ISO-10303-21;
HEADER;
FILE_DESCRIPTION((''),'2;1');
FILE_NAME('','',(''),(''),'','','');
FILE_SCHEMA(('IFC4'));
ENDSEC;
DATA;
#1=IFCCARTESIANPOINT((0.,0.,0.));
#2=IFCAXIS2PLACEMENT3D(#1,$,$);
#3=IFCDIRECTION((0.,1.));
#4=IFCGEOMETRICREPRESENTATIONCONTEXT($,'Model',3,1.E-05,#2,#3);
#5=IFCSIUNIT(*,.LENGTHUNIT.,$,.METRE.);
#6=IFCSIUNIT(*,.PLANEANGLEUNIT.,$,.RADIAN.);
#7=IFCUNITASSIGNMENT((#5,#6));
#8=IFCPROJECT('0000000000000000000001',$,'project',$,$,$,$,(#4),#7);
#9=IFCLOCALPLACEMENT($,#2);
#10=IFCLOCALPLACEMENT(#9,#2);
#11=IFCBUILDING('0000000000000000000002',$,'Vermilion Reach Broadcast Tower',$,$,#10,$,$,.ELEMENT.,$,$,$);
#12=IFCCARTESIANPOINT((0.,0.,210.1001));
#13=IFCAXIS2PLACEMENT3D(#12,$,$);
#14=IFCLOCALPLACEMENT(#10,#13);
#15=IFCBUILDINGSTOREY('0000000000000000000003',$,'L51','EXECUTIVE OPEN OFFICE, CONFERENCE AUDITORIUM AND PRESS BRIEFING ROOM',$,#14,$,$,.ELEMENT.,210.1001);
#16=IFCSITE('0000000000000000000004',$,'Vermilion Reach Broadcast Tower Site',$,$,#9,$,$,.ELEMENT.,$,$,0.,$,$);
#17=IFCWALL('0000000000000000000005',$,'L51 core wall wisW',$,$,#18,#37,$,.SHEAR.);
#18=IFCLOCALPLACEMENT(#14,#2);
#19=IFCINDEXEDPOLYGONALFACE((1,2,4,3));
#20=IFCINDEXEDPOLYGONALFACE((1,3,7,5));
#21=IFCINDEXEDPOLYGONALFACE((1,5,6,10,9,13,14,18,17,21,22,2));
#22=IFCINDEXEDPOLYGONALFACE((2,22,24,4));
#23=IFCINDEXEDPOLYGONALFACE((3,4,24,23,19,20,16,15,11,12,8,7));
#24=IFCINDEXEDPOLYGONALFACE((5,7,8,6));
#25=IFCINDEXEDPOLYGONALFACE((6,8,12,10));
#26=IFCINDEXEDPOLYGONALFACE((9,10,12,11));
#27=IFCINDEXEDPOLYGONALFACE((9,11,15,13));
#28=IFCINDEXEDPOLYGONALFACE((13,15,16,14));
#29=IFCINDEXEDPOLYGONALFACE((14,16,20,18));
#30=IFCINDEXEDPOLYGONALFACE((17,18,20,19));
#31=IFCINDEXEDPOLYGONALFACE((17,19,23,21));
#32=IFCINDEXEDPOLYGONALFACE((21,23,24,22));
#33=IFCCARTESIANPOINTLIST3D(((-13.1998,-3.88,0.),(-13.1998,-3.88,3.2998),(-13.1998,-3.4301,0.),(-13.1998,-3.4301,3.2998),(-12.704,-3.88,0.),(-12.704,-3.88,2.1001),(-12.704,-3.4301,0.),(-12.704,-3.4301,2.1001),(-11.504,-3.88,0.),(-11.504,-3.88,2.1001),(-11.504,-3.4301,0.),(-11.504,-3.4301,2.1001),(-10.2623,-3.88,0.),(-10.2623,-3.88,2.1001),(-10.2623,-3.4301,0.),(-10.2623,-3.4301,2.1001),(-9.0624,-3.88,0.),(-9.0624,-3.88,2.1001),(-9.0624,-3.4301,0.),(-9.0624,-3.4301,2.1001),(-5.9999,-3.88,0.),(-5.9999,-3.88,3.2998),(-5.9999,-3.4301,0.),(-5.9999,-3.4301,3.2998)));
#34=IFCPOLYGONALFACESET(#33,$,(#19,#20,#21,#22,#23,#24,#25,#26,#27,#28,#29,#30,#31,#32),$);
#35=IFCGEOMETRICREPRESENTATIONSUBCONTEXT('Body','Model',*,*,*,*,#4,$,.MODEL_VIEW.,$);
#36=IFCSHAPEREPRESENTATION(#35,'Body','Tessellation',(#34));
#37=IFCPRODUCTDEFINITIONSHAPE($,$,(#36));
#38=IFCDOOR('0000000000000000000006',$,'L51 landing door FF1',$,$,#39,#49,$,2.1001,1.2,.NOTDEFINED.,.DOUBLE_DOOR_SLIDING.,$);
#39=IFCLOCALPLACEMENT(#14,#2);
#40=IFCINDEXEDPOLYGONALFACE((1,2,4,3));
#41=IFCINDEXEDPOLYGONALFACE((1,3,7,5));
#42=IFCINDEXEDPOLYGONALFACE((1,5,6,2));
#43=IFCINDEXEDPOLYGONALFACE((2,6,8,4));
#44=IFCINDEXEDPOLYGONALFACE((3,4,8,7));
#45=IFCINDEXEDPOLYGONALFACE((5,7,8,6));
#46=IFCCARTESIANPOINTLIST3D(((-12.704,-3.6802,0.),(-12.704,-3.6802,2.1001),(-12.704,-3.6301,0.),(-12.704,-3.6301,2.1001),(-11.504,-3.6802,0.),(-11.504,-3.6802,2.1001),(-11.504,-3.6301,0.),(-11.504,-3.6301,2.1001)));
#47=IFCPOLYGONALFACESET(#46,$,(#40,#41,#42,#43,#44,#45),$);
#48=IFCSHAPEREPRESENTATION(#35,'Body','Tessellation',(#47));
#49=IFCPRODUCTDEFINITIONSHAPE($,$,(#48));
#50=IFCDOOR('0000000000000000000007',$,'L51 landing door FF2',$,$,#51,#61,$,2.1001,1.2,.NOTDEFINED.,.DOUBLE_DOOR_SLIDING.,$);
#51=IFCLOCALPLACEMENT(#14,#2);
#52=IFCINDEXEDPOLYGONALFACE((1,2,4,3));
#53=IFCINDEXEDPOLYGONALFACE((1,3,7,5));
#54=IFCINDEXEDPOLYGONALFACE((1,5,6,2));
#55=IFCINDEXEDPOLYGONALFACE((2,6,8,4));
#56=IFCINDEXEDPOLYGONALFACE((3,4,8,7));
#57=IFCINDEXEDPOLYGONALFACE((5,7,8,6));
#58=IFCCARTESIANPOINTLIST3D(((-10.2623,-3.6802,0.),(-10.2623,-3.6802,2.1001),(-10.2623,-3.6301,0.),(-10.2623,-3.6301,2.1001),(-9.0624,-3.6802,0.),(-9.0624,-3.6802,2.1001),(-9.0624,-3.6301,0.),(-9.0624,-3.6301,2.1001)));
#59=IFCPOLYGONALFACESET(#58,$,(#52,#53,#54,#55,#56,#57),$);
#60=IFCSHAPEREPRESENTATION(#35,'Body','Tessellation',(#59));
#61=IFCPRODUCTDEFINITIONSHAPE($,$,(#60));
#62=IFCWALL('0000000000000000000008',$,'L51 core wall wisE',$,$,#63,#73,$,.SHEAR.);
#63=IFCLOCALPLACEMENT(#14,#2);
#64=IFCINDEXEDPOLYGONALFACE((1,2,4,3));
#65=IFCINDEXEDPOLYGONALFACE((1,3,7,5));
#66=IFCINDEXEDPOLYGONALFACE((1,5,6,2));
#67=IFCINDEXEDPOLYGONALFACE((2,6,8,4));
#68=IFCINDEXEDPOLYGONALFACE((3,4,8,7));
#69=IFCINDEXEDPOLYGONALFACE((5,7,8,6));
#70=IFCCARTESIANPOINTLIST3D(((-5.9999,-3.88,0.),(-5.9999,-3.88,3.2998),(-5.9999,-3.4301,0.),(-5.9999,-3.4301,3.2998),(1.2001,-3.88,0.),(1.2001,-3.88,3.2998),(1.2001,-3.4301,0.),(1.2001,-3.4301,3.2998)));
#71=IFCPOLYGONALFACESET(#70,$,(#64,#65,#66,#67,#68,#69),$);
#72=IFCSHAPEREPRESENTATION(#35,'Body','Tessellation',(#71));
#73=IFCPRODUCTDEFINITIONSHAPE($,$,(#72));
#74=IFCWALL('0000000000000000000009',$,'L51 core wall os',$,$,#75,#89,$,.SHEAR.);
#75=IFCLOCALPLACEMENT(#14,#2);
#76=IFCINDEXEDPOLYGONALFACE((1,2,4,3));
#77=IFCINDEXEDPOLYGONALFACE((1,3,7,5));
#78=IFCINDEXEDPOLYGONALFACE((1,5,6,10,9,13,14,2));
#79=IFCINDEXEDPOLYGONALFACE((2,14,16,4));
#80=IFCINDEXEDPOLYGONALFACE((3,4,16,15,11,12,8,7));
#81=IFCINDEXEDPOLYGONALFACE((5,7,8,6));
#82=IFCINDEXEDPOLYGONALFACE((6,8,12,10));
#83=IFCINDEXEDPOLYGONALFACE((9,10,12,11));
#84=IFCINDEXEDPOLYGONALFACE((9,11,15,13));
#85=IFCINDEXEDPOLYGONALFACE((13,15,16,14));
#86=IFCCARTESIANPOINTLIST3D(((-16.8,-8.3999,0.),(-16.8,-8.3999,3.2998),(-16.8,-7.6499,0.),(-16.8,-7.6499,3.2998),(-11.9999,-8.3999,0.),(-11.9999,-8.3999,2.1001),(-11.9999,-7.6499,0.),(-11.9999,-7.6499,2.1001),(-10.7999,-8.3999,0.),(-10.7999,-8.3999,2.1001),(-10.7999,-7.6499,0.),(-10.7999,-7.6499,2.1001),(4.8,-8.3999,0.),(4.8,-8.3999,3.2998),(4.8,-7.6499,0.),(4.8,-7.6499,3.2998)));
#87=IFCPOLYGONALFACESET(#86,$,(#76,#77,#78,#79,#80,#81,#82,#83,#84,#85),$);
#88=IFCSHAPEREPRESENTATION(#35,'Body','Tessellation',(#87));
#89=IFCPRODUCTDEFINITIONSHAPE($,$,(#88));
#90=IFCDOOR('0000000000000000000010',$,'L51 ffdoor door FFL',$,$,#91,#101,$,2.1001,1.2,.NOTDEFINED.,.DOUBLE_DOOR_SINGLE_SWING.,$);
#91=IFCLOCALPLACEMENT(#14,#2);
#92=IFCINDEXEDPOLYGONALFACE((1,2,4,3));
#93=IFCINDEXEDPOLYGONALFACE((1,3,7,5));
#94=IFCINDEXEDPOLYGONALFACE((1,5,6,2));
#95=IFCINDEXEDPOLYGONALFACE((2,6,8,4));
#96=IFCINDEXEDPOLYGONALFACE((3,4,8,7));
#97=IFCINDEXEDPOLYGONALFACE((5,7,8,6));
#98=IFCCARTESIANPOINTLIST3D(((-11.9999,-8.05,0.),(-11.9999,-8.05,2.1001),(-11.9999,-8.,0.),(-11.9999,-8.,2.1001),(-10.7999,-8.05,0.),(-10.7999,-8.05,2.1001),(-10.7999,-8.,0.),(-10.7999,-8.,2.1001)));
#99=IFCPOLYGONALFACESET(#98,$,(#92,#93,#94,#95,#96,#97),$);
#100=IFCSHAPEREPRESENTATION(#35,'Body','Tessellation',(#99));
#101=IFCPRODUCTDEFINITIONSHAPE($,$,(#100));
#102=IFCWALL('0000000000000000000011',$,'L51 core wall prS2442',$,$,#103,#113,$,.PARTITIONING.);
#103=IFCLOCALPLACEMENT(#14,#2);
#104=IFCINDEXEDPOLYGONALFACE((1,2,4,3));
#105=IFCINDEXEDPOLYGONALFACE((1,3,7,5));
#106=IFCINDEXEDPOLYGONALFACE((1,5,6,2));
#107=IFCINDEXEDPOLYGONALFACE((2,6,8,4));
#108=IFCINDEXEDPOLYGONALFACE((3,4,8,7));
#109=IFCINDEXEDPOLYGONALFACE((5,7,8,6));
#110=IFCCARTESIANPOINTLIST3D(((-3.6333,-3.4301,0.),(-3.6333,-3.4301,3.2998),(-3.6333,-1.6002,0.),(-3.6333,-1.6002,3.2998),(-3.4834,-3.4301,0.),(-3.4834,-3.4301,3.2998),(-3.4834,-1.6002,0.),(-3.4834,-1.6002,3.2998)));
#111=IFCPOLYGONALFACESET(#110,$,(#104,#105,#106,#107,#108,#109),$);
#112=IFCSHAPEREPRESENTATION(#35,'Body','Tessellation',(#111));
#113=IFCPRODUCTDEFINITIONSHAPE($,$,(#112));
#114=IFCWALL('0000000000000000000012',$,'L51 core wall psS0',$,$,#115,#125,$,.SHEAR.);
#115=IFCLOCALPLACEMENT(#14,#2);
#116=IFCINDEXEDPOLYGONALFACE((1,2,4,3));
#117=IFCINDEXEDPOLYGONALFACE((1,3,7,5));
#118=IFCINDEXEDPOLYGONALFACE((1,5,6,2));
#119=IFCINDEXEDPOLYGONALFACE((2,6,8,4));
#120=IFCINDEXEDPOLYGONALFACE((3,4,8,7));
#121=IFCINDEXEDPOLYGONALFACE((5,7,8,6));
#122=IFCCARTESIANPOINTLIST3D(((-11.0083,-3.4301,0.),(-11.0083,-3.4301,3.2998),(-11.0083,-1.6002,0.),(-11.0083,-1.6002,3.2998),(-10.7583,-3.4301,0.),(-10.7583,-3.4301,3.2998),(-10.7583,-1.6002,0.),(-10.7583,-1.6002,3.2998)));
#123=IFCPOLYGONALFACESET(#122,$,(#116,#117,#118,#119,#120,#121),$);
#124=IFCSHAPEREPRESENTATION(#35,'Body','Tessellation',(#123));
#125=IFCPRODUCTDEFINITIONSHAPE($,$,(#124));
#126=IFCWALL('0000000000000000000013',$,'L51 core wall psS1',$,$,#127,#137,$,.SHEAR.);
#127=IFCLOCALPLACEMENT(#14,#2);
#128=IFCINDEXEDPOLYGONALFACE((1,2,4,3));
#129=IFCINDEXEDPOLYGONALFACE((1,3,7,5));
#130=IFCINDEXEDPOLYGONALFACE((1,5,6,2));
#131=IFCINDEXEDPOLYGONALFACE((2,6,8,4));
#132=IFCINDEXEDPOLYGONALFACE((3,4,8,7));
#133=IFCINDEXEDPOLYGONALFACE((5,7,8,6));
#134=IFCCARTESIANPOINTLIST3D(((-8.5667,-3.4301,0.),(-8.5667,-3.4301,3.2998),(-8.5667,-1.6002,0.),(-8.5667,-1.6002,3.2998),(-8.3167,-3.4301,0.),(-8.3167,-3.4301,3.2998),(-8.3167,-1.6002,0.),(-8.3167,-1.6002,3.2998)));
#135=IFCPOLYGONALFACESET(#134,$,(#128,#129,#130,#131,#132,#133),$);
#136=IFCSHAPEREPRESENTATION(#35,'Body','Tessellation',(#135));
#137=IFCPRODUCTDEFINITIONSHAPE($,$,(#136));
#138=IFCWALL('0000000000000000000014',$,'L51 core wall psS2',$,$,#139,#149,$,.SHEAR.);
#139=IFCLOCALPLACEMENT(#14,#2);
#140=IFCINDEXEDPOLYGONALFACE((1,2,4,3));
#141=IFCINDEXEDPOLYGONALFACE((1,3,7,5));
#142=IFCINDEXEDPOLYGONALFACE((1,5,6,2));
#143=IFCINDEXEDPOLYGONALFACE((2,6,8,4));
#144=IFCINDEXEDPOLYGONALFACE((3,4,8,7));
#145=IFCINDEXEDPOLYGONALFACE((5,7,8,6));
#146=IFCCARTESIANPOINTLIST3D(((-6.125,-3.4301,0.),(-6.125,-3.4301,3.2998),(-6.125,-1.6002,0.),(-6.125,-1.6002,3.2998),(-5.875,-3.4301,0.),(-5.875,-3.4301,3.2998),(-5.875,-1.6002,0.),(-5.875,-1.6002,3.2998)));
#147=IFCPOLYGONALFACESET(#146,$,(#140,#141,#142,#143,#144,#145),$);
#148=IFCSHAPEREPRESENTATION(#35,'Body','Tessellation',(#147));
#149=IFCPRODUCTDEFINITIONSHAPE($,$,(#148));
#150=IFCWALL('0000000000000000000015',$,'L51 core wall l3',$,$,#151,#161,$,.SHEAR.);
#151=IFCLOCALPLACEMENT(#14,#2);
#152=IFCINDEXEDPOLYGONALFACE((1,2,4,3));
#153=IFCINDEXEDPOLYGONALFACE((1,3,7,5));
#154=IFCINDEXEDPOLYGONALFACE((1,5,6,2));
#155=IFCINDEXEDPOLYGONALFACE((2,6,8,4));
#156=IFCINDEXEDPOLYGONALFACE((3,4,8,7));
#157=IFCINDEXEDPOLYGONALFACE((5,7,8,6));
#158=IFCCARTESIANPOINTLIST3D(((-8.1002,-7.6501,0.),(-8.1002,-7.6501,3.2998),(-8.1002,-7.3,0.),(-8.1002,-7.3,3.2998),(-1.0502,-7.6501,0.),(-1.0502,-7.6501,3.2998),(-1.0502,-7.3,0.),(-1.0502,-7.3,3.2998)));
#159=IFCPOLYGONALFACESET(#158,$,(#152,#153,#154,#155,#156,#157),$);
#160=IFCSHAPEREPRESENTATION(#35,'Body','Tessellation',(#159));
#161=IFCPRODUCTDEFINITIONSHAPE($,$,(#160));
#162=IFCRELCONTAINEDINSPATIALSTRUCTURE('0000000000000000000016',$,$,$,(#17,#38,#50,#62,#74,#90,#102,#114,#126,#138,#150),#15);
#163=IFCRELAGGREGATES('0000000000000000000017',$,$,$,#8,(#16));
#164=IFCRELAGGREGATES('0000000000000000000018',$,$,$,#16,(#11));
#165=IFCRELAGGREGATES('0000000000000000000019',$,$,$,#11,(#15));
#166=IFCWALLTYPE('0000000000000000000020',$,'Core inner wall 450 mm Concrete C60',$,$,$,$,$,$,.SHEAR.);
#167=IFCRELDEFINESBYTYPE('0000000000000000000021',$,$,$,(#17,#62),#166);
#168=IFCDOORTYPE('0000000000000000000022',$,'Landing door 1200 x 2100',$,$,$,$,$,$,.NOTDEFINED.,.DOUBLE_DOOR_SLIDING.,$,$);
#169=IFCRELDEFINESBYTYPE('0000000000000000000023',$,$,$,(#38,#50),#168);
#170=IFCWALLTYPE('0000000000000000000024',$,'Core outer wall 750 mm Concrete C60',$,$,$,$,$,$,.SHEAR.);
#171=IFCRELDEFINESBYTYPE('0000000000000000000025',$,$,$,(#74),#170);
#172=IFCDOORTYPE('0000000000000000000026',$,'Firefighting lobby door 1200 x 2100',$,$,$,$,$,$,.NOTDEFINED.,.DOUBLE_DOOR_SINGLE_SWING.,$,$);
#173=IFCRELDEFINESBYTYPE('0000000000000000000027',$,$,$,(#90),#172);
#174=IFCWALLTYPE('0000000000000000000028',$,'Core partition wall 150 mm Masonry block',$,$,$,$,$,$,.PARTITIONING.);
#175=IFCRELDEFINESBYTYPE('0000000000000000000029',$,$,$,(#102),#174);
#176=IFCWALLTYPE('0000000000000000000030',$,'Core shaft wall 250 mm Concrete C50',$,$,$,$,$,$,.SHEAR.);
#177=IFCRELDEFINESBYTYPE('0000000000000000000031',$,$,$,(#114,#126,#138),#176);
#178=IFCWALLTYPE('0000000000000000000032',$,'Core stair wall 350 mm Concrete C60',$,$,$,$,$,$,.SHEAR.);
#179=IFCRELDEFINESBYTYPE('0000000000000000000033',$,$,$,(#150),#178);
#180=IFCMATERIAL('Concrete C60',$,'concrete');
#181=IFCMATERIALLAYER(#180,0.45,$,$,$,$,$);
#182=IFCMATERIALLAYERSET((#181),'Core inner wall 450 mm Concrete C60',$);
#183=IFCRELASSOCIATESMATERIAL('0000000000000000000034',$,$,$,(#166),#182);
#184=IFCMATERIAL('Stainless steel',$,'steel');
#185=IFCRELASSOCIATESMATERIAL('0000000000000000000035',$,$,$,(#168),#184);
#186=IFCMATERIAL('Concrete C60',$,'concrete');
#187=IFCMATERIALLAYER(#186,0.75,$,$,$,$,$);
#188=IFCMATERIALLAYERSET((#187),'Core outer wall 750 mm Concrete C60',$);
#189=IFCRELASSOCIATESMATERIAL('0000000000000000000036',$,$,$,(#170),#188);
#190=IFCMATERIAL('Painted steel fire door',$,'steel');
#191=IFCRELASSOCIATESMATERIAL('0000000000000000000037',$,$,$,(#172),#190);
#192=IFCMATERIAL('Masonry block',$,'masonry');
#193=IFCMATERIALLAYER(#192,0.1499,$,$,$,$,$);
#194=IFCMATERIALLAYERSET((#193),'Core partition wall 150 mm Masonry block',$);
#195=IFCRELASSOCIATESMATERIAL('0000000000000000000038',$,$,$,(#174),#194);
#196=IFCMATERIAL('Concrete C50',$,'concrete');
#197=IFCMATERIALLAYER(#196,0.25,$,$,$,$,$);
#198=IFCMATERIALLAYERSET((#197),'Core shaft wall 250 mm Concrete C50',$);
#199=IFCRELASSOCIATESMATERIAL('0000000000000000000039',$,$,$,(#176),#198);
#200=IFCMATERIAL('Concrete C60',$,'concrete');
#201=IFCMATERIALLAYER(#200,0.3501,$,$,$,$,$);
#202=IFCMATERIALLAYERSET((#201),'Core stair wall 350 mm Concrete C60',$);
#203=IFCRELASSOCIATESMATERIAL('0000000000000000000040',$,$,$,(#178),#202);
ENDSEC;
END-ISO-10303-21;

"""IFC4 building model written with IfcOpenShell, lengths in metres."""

from ifc_helpers import new_model, si_unit, direction, frame, frame_2d, origin, place, context, subcontext, project, spatial, rectangle, extrude, material, layer, layer_set, type_object, element, fill, save


model = new_model("IFC4")

# Units and contexts
model_context = context("Model", 3, precision=1e-05, world=origin(), true_north=direction((0.0, 1.0)))
body_context = subcontext(model_context, "Body", "Model", "MODEL_VIEW")
ifc_project = project(units=[si_unit("LENGTHUNIT", "METRE"), si_unit("PLANEANGLEUNIT", "RADIAN")], contexts=[model_context])

# Site, building, storey
site_placement = place(None, origin())
site = spatial("IfcSite", under=ifc_project, at=site_placement, Name="Vermilion Reach Broadcast Tower Site", CompositionType="ELEMENT", RefElevation=0.0)
building_placement = place(site_placement, origin())
building = spatial("IfcBuilding", under=site, at=building_placement, Name="Vermilion Reach Broadcast Tower", CompositionType="ELEMENT")
storey_placement = place(building_placement, frame((0.0, 0.0, 210.1001)))
storey = spatial("IfcBuildingStorey", under=building, at=storey_placement, Name="L51", Description="EXECUTIVE OPEN OFFICE, CONFERENCE AUDITORIUM AND PRESS BRIEFING ROOM", CompositionType="ELEMENT", Elevation=210.1001)

# Wall, openings, doors
ifc_material_1 = material(Name="Concrete C60", Category="concrete")
ifc_layer_1 = layer(ifc_material_1, 0.45)
ifc_layer_set_1 = layer_set([ifc_layer_1], Name="Core inner wall 450 mm Concrete C60")
wall_type_1 = type_object("IfcWallType", Name="Core inner wall 450 mm Concrete C60", PredefinedType="SHEAR", material=ifc_layer_set_1)
wall_1_placement = place(storey_placement, frame((-13.2, -3.655, 0.0), z_axis=(0.0, 0.0, 1.0), x_axis=(1.0, 0.0, 0.0)))
wall_1 = element("IfcWall", 1, at=wall_1_placement, inside=storey, type_object=wall_type_1, Name="L51 core wall wisW", PredefinedType="SHEAR", context=body_context, shape_type="SweptSolid", body=[
    extrude(rectangle(XDim=7.2, YDim=0.45, at=frame_2d((3.6001, 0.0))), origin(), (0.0, 0.0, 1.0), 3.2998),
])
opening_1_placement = place(wall_1_placement, frame((0.4958, 0.0, 0.0)))
opening_1 = element("IfcOpeningElement", 2, at=opening_1_placement, cuts=wall_1, PredefinedType="OPENING", context=body_context, shape_type="SweptSolid", body=[
    extrude(rectangle(XDim=1.2, YDim=2.1001, at=frame_2d((0.6001, 1.05))), frame((0.0, 0.2349, 0.0), z_axis=(0.0, -1.0, 0.0), x_axis=(1.0, 0.0, 0.0)), (0.0, 0.0, 1.0), 0.47),
])
opening_2_placement = place(wall_1_placement, frame((2.9375, 0.0, 0.0)))
opening_2 = element("IfcOpeningElement", 3, at=opening_2_placement, cuts=wall_1, PredefinedType="OPENING", context=body_context, shape_type="SweptSolid", body=[
    extrude(rectangle(XDim=1.2, YDim=2.1001, at=frame_2d((0.6001, 1.05))), frame((0.0, 0.2349, 0.0), z_axis=(0.0, -1.0, 0.0), x_axis=(1.0, 0.0, 0.0)), (0.0, 0.0, 1.0), 0.47),
])
ifc_material_2 = material(Name="Stainless steel", Category="steel")
door_type_1 = type_object("IfcDoorType", Name="Landing door 1200 x 2100", OperationType="DOUBLE_DOOR_SLIDING", PredefinedType="NOTDEFINED", material=ifc_material_2)
door_1_placement = place(opening_1_placement, origin())
door_1 = element("IfcDoor", 4, at=door_1_placement, inside=storey, type_object=door_type_1, Name="L51 landing door FF1", OperationType="DOUBLE_DOOR_SLIDING", OverallHeight=2.1001, OverallWidth=1.2, PredefinedType="NOTDEFINED", context=body_context, shape_type="SweptSolid", body=[
    extrude(rectangle(XDim=1.2, YDim=2.1001, at=frame_2d((0.6001, 1.05))), frame((0.0, 0.0249, 0.0), z_axis=(0.0, -1.0, 0.0), x_axis=(1.0, 0.0, 0.0)), (0.0, 0.0, 1.0), 0.05),
])
fill(opening_1, door_1)
door_2_placement = place(opening_2_placement, origin())
door_2 = element("IfcDoor", 5, at=door_2_placement, inside=storey, type_object=door_type_1, Name="L51 landing door FF2", OperationType="DOUBLE_DOOR_SLIDING", OverallHeight=2.1001, OverallWidth=1.2, PredefinedType="NOTDEFINED", context=body_context, shape_type="SweptSolid", body=[
    extrude(rectangle(XDim=1.2, YDim=2.1001, at=frame_2d((0.6001, 1.05))), frame((0.0, 0.0249, 0.0), z_axis=(0.0, -1.0, 0.0), x_axis=(1.0, 0.0, 0.0)), (0.0, 0.0, 1.0), 0.05),
])
fill(opening_2, door_2)

# Wall
wall_2_placement = place(storey_placement, frame((-6.0, -3.655, 0.0), z_axis=(0.0, 0.0, 1.0), x_axis=(1.0, 0.0, 0.0)))
element("IfcWall", 6, at=wall_2_placement, inside=storey, type_object=wall_type_1, Name="L51 core wall wisE", PredefinedType="SHEAR", context=body_context, shape_type="SweptSolid", body=[
    extrude(rectangle(XDim=7.2, YDim=0.45, at=frame_2d((3.6001, 0.0))), origin(), (0.0, 0.0, 1.0), 3.2998),
])

# Wall, opening, door
ifc_material_3 = material(Name="Concrete C60", Category="concrete")
ifc_layer_2 = layer(ifc_material_3, 0.75)
ifc_layer_set_2 = layer_set([ifc_layer_2], Name="Core outer wall 750 mm Concrete C60")
wall_type_2 = type_object("IfcWallType", Name="Core outer wall 750 mm Concrete C60", PredefinedType="SHEAR", material=ifc_layer_set_2)
wall_3_placement = place(storey_placement, frame((-16.8, -8.0249, 0.0), z_axis=(0.0, 0.0, 1.0), x_axis=(1.0, 0.0, 0.0)))
wall_3 = element("IfcWall", 7, at=wall_3_placement, inside=storey, type_object=wall_type_2, Name="L51 core wall os", PredefinedType="SHEAR", context=body_context, shape_type="SweptSolid", body=[
    extrude(rectangle(XDim=21.6001, YDim=0.75, at=frame_2d((10.8, 0.0))), origin(), (0.0, 0.0, 1.0), 3.2998),
])
opening_3_placement = place(wall_3_placement, frame((4.8, 0.0, 0.0)))
opening_3 = element("IfcOpeningElement", 8, at=opening_3_placement, cuts=wall_3, PredefinedType="OPENING", context=body_context, shape_type="SweptSolid", body=[
    extrude(rectangle(XDim=1.2, YDim=2.1001, at=frame_2d((0.6001, 1.05))), frame((0.0, 0.385, 0.0), z_axis=(0.0, -1.0, 0.0), x_axis=(1.0, 0.0, 0.0)), (0.0, 0.0, 1.0), 0.77),
])
ifc_material_4 = material(Name="Painted steel fire door", Category="steel")
door_type_2 = type_object("IfcDoorType", Name="Firefighting lobby door 1200 x 2100", OperationType="DOUBLE_DOOR_SINGLE_SWING", PredefinedType="NOTDEFINED", material=ifc_material_4)
door_3_placement = place(opening_3_placement, origin())
door_3 = element("IfcDoor", 9, at=door_3_placement, inside=storey, type_object=door_type_2, Name="L51 ffdoor door FFL", OperationType="DOUBLE_DOOR_SINGLE_SWING", OverallHeight=2.1001, OverallWidth=1.2, PredefinedType="NOTDEFINED", context=body_context, shape_type="SweptSolid", body=[
    extrude(rectangle(XDim=1.2, YDim=2.1001, at=frame_2d((0.6001, 1.05))), frame((0.0, 0.0249, 0.0), z_axis=(0.0, -1.0, 0.0), x_axis=(1.0, 0.0, 0.0)), (0.0, 0.0, 1.0), 0.05),
])
fill(opening_3, door_3)

# Walls
ifc_material_5 = material(Name="Masonry block", Category="masonry")
ifc_layer_3 = layer(ifc_material_5, 0.1499)
ifc_layer_set_3 = layer_set([ifc_layer_3], Name="Core partition wall 150 mm Masonry block")
wall_type_3 = type_object("IfcWallType", Name="Core partition wall 150 mm Masonry block", PredefinedType="PARTITIONING", material=ifc_layer_set_3)
wall_4_placement = place(storey_placement, frame((-3.5583, -1.6001, 0.0), z_axis=(0.0, 0.0, 1.0), x_axis=(0.0, -1.0, 0.0)))
element("IfcWall", 10, at=wall_4_placement, inside=storey, type_object=wall_type_3, Name="L51 core wall prS2442", PredefinedType="PARTITIONING", context=body_context, shape_type="SweptSolid", body=[
    extrude(rectangle(XDim=1.8298, YDim=0.1499, at=frame_2d((0.915, 0.0))), origin(), (0.0, 0.0, 1.0), 3.2998),
])
ifc_material_6 = material(Name="Concrete C50", Category="concrete")
ifc_layer_4 = layer(ifc_material_6, 0.25)
ifc_layer_set_4 = layer_set([ifc_layer_4], Name="Core shaft wall 250 mm Concrete C50")
wall_type_4 = type_object("IfcWallType", Name="Core shaft wall 250 mm Concrete C50", PredefinedType="SHEAR", material=ifc_layer_set_4)
for number, where, z_axis, x_axis, name in (
    (11, (-10.8833, -1.6001, 0.0), (0.0, 0.0, 1.0), (0.0, -1.0, 0.0), "L51 core wall psS0"),
    (12, (-8.4417, -1.6001, 0.0), (0.0, 0.0, 1.0), (0.0, -1.0, 0.0), "L51 core wall psS1"),
    (13, (-6.0, -1.6001, 0.0), (0.0, 0.0, 1.0), (0.0, -1.0, 0.0), "L51 core wall psS2"),
):
    element("IfcWall", number, at=place(storey_placement, frame(where, z_axis=z_axis, x_axis=x_axis)), inside=storey, type_object=wall_type_4, Name=name, PredefinedType="SHEAR", context=body_context, shape_type="SweptSolid", body=[
        extrude(rectangle(XDim=1.8298, YDim=0.25, at=frame_2d((0.915, 0.0))), origin(), (0.0, 0.0, 1.0), 3.2998),
    ])
ifc_material_7 = material(Name="Concrete C60", Category="concrete")
ifc_layer_5 = layer(ifc_material_7, 0.3501)
ifc_layer_set_5 = layer_set([ifc_layer_5], Name="Core stair wall 350 mm Concrete C60")
wall_type_5 = type_object("IfcWallType", Name="Core stair wall 350 mm Concrete C60", PredefinedType="SHEAR", material=ifc_layer_set_5)
wall_5_placement = place(storey_placement, frame((-8.1001, -7.4751, 0.0), z_axis=(0.0, 0.0, 1.0), x_axis=(1.0, 0.0, 0.0)))
element("IfcWall", 14, at=wall_5_placement, inside=storey, type_object=wall_type_5, Name="L51 core wall l3", PredefinedType="SHEAR", context=body_context, shape_type="SweptSolid", body=[
    extrude(rectangle(XDim=7.05, YDim=0.3501, at=frame_2d((3.5249, 0.0))), origin(), (0.0, 0.0, 1.0), 3.2998),
])

save(model, "model.ifc")
